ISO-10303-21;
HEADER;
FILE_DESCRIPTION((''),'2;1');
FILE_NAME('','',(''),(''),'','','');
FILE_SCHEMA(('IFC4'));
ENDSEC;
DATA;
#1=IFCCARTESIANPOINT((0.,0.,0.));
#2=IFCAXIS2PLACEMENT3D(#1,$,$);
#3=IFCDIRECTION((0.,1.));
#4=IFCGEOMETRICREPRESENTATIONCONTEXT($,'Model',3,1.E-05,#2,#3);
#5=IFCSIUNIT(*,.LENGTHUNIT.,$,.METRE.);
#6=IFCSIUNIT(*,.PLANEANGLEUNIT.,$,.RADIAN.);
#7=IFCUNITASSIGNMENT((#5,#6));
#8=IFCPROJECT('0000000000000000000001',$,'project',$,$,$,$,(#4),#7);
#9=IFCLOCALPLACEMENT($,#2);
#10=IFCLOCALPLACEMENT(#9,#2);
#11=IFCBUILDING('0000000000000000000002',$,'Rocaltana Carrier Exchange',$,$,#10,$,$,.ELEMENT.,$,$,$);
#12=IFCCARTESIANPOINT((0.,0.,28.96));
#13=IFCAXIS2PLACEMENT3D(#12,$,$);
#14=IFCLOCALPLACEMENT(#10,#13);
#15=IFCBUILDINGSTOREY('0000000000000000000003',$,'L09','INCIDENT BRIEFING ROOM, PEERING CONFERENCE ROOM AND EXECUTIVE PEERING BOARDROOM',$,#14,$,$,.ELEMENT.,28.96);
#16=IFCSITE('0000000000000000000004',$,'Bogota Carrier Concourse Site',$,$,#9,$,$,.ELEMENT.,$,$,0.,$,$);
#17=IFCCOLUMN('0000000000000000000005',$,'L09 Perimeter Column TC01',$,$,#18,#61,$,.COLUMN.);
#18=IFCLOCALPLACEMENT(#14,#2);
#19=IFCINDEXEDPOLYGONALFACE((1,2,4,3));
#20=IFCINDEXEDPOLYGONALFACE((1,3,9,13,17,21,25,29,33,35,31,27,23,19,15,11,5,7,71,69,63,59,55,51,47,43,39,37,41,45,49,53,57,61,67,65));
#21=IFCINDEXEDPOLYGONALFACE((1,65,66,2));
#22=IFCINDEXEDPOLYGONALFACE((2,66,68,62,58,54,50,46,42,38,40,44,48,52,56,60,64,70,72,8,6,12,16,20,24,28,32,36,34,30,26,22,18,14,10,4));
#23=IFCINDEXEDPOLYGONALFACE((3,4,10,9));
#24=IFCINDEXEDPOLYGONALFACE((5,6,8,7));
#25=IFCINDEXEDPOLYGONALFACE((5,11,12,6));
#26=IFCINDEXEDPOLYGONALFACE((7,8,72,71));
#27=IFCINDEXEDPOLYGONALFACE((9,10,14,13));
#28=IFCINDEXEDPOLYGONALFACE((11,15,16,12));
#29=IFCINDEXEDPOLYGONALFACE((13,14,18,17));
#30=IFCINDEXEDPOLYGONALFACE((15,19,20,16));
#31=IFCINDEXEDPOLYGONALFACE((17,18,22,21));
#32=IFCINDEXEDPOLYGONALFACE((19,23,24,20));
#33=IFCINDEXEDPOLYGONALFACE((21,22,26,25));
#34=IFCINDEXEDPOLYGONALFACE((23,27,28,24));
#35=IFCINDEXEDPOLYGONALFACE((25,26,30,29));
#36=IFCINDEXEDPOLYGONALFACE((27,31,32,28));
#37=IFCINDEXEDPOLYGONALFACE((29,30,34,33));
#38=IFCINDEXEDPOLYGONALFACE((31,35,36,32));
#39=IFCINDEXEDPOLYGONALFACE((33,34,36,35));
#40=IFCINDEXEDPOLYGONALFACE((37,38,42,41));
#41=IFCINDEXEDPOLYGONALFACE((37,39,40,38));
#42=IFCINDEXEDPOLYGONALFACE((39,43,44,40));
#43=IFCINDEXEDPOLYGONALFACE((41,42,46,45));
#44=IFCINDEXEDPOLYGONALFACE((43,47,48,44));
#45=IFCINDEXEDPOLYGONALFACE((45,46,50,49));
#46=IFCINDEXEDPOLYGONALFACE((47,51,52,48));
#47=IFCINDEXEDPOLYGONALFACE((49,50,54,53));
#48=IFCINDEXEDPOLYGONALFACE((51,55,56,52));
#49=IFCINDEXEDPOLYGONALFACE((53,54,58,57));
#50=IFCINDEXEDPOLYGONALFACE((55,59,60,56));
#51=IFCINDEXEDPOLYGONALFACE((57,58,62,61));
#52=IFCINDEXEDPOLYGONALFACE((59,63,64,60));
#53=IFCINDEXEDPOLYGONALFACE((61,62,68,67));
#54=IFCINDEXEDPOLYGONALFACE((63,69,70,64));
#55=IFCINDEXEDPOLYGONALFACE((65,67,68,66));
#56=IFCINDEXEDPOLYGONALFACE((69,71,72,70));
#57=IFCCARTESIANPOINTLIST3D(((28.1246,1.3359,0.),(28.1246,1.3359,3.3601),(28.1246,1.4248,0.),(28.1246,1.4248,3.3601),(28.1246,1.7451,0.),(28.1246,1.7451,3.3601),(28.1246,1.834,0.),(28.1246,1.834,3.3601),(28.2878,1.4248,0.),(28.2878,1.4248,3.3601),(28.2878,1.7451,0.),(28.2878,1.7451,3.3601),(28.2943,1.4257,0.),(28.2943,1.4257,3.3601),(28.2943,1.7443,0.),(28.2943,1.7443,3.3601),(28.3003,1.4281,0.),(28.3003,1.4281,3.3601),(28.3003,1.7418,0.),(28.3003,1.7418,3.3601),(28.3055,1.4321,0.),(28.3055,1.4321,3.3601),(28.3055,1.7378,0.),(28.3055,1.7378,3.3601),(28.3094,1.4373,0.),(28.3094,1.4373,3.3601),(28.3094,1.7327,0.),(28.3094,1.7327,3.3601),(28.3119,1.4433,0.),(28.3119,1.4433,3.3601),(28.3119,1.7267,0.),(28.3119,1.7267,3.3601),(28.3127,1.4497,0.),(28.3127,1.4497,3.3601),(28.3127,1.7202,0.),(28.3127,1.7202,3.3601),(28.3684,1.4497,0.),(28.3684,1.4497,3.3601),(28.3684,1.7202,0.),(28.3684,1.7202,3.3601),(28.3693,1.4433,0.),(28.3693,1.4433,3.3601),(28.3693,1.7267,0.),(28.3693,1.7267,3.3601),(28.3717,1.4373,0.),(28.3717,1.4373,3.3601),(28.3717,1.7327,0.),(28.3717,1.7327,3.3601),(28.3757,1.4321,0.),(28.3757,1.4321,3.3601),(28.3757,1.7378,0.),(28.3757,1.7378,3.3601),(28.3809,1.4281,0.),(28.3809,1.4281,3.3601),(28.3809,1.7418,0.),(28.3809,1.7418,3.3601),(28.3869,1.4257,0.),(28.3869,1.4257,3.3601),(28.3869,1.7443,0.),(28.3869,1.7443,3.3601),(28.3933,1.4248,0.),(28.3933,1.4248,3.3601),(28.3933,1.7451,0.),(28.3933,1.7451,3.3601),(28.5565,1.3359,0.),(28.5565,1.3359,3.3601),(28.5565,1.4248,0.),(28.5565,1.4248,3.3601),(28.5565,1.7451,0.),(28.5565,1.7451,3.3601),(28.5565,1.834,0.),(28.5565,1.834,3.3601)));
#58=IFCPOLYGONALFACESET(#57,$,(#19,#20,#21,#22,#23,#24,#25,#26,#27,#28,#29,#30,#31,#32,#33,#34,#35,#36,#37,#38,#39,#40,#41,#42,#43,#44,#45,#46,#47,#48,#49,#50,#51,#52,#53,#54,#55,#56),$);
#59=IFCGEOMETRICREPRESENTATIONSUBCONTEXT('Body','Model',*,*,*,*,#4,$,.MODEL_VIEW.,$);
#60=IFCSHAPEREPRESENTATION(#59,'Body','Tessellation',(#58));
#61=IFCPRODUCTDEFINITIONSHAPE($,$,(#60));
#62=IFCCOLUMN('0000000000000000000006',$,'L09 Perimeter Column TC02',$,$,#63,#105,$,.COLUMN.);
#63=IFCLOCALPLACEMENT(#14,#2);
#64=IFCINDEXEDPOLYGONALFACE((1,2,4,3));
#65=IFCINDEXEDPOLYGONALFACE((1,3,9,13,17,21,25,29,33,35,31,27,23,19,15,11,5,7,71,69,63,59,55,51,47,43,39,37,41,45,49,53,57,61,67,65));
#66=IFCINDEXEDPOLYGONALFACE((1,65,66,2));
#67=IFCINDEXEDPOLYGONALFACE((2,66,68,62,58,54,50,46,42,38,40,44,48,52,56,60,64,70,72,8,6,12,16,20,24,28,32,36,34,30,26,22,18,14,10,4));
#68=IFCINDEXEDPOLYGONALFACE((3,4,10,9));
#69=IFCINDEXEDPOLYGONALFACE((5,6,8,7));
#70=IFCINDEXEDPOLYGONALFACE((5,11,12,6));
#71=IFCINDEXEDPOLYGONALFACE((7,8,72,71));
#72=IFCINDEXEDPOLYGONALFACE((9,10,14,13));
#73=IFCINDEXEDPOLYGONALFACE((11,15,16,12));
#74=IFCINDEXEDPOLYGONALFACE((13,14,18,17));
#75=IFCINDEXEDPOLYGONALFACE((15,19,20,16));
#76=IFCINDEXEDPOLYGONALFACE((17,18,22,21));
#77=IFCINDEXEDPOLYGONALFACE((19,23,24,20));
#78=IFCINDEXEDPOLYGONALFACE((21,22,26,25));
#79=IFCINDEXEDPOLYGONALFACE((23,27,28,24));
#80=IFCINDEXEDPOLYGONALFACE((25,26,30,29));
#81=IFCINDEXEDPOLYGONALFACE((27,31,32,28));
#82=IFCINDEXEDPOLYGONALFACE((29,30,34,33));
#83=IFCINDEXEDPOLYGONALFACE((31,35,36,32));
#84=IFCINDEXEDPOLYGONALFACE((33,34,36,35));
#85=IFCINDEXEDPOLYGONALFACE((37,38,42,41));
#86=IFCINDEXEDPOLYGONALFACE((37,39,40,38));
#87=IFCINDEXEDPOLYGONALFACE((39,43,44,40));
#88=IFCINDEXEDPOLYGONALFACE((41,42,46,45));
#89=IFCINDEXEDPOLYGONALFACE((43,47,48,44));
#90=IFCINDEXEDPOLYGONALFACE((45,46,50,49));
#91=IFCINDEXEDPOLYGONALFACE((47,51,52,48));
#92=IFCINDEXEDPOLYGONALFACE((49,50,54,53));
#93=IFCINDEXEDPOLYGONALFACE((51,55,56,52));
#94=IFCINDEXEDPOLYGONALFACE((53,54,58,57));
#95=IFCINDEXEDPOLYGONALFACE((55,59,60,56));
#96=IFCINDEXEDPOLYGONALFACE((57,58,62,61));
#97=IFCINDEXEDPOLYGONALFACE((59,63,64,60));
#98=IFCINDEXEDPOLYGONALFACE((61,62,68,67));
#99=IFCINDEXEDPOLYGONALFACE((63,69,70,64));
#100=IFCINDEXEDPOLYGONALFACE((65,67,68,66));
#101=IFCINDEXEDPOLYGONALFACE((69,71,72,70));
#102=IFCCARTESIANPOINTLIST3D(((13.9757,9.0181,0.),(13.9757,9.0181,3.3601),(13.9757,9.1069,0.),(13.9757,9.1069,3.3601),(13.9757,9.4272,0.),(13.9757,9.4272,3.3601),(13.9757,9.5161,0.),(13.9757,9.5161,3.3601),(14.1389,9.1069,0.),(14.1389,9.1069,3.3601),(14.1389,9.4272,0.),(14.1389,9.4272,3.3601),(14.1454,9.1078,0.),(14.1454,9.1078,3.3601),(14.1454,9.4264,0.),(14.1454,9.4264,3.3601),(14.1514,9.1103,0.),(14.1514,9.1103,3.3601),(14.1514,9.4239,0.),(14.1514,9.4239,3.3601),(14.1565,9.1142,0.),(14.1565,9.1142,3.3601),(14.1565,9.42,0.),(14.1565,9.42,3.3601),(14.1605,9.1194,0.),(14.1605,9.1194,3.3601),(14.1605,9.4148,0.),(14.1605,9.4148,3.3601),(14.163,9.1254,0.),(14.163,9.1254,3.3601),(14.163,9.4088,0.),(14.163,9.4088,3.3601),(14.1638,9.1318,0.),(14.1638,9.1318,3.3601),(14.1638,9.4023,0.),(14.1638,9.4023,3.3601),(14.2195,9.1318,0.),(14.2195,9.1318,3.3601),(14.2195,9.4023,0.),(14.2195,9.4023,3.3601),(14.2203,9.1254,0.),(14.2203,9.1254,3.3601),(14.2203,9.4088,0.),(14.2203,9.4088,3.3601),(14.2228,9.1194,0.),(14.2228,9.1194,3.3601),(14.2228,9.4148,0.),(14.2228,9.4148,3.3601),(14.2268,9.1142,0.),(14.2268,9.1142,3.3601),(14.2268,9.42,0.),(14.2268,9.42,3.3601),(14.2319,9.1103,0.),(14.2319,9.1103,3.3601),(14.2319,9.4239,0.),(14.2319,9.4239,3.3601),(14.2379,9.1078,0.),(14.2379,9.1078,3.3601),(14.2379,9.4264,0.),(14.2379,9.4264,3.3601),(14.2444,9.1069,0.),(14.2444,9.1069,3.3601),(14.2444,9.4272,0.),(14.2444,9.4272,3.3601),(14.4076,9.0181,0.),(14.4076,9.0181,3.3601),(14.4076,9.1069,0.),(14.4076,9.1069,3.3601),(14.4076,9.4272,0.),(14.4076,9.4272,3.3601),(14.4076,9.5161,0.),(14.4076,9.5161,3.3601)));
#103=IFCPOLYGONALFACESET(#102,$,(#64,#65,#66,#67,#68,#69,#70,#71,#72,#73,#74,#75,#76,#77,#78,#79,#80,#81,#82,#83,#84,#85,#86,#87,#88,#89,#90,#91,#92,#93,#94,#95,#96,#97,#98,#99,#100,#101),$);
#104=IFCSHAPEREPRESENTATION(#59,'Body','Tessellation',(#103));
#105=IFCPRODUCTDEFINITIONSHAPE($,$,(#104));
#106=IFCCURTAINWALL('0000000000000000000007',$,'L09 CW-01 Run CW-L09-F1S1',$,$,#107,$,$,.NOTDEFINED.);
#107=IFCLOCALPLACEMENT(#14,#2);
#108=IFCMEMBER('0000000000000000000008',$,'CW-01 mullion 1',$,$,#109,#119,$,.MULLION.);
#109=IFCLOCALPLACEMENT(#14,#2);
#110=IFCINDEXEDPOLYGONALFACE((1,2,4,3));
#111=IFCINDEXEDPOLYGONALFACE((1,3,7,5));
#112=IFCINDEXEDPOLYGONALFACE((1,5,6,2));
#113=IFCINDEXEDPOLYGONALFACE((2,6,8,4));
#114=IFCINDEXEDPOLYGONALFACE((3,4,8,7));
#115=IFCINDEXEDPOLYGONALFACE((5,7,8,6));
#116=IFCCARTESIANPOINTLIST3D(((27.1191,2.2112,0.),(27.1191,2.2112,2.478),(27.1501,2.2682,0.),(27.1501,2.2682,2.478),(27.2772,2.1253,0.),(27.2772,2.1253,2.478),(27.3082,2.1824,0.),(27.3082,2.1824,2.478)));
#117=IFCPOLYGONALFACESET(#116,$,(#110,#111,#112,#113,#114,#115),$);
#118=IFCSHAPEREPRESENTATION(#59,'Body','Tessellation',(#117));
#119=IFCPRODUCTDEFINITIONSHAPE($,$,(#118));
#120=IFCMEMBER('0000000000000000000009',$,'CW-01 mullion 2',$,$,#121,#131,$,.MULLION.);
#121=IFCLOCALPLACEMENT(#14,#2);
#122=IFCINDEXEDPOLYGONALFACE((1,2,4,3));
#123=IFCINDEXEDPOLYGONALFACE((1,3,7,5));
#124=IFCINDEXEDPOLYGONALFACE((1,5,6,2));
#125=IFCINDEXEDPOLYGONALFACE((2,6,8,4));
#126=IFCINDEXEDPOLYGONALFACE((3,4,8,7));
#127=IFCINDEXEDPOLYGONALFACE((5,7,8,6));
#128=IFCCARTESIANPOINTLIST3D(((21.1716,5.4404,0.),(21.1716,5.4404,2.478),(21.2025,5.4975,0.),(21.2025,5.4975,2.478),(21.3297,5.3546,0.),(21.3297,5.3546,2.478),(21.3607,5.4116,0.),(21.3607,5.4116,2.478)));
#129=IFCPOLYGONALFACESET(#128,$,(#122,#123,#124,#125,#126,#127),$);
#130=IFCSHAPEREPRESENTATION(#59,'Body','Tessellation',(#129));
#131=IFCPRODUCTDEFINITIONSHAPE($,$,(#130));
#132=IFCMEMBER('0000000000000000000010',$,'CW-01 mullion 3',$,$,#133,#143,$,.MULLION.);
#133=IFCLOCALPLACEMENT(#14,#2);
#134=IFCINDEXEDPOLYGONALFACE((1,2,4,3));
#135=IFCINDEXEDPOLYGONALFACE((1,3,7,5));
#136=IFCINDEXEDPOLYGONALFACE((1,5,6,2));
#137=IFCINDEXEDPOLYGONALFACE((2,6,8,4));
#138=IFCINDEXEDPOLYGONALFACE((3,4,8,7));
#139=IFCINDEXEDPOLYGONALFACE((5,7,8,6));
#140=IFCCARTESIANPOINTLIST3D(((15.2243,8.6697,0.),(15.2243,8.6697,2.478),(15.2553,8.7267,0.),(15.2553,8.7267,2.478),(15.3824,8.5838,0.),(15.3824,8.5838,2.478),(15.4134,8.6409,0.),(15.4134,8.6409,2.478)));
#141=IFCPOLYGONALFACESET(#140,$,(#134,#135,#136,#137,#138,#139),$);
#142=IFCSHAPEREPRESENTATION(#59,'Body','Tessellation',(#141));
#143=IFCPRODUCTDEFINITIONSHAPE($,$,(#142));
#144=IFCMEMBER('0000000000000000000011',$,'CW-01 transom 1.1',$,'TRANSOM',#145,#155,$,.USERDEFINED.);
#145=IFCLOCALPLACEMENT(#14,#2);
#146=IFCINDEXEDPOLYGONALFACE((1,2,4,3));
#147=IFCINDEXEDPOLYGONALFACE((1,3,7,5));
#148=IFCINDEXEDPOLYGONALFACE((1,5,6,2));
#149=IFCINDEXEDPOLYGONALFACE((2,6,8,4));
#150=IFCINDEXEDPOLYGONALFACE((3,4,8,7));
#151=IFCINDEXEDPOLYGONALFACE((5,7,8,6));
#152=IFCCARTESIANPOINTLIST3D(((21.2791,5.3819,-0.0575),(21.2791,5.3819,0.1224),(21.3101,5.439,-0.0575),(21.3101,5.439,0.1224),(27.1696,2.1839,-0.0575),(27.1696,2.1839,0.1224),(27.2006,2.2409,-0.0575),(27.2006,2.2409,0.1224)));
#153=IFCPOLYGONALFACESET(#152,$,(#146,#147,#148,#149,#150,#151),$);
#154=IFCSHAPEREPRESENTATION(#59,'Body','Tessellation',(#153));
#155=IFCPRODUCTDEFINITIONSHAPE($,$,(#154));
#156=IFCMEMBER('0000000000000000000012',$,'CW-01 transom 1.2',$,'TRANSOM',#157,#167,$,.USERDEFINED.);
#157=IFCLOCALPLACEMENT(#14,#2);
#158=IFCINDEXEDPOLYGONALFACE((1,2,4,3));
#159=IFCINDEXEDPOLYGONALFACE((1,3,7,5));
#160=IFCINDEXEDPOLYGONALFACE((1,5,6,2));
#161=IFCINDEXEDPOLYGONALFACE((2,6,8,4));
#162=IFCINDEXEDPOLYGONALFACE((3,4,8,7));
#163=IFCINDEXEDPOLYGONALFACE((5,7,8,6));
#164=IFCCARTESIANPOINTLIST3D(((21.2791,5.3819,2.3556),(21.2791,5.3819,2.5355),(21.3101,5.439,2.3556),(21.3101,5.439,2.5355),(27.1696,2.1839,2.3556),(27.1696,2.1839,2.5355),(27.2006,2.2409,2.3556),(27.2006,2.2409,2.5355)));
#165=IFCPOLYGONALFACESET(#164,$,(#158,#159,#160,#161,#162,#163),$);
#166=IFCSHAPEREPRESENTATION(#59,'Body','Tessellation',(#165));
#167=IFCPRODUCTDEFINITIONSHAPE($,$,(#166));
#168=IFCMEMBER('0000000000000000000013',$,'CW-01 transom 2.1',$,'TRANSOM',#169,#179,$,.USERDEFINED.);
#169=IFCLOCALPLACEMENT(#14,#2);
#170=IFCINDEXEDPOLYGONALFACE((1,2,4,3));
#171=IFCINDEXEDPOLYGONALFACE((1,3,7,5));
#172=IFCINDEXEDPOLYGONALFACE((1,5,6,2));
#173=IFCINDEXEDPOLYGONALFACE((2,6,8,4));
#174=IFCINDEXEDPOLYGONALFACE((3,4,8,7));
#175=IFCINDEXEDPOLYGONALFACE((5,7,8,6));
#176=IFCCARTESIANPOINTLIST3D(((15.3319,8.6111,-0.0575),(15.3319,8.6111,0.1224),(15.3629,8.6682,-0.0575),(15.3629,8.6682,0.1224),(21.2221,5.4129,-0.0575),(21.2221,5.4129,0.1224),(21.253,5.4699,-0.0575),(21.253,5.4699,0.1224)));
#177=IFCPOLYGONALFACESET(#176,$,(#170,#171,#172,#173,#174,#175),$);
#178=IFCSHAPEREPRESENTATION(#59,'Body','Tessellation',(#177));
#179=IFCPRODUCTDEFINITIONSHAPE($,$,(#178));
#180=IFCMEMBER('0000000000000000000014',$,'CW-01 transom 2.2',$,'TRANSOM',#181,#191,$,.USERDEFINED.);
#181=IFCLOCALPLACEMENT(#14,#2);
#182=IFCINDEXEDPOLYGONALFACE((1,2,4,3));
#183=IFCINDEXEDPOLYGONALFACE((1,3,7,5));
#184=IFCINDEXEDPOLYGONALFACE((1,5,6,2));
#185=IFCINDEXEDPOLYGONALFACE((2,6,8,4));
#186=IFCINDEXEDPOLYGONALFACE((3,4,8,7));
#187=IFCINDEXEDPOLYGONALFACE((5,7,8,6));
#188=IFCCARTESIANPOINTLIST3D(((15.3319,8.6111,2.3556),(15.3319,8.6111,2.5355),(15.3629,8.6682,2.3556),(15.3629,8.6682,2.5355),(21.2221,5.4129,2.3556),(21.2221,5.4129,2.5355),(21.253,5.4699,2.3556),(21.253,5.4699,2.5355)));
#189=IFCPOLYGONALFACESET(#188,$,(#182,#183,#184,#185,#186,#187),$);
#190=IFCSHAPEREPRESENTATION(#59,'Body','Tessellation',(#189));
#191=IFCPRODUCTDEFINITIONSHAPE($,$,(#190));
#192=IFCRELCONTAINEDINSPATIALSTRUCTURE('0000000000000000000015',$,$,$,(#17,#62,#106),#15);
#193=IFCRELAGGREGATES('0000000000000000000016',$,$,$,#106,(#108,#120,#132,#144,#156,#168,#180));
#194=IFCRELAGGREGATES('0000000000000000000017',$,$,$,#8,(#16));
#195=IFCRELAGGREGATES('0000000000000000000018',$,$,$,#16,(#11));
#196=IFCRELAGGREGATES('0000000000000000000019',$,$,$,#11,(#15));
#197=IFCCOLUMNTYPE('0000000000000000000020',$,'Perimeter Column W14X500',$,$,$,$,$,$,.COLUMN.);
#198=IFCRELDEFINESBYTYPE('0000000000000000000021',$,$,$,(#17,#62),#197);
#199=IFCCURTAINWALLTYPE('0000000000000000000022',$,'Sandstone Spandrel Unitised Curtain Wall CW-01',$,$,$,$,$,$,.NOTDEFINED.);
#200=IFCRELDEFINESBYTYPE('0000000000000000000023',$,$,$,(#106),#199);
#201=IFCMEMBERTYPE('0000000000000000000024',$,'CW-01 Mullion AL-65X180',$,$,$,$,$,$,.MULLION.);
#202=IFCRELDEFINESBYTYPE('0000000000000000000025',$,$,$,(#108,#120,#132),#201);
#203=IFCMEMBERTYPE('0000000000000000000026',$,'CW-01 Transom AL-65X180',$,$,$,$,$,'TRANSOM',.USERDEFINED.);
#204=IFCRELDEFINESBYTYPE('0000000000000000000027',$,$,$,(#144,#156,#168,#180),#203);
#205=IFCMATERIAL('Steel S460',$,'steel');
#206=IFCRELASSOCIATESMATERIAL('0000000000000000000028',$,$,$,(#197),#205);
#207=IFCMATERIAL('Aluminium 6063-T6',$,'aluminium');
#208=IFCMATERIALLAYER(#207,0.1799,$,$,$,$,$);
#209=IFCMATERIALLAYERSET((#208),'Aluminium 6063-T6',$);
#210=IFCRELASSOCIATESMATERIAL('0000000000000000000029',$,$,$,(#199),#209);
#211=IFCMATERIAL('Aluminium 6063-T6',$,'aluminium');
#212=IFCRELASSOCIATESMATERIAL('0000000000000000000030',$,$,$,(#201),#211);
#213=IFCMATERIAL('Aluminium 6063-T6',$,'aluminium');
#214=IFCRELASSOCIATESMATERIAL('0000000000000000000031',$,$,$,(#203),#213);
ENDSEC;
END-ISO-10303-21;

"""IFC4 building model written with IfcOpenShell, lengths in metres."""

from ifc_helpers import new_model, si_unit, direction, frame, origin, origin_2d, place, context, subcontext, project, spatial, rectangle, i_section, extrude, material, layer, layer_set, material_profile, profile_set, type_object, element, aggregate, save


model = new_model("IFC4")

# Units and contexts
model_context = context("Model", 3, precision=1e-05, world=origin(), true_north=direction((0.0, 1.0)))
body_context = subcontext(model_context, "Body", "Model", "MODEL_VIEW")
ifc_project = project(units=[si_unit("LENGTHUNIT", "METRE"), si_unit("PLANEANGLEUNIT", "RADIAN")], contexts=[model_context])

# Site, building, storey
site_placement = place(None, origin())
site = spatial("IfcSite", under=ifc_project, at=site_placement, Name="Bogota Carrier Concourse Site", CompositionType="ELEMENT", RefElevation=0.0)
building_placement = place(site_placement, origin())
building = spatial("IfcBuilding", under=site, at=building_placement, Name="Rocaltana Carrier Exchange", CompositionType="ELEMENT")
storey_placement = place(building_placement, frame((0.0, 0.0, 28.96)))
storey = spatial("IfcBuildingStorey", under=building, at=storey_placement, Name="L09", Description="INCIDENT BRIEFING ROOM, PEERING CONFERENCE ROOM AND EXECUTIVE PEERING BOARDROOM", CompositionType="ELEMENT", Elevation=28.96)

# Columns
ifc_material_1 = material(Name="Steel S460", Category="steel")
ifc_material_profile_1 = material_profile(ifc_material_1, i_section(OverallWidth=0.4319, OverallDepth=0.498, WebThickness=0.0557, FlangeThickness=0.0889, FilletRadius=0.0249, at=origin_2d()), Name="W14X500")
ifc_profile_set_1 = profile_set([ifc_material_profile_1], Name="Steel S460")
column_type = type_object("IfcColumnType", Name="Perimeter Column W14X500", PredefinedType="COLUMN", material=ifc_profile_set_1)
for number, where, z_axis, x_axis, name in (
    (1, (28.3406, 1.585, 0.0), (0.0, 0.0, 1.0), (1.0, 0.0, 0.0), "L09 Perimeter Column TC01"),
    (2, (14.1917, 9.2671, 0.0), (0.0, 0.0, 1.0), (1.0, 0.0, 0.0), "L09 Perimeter Column TC02"),
):
    element("IfcColumn", number, at=place(storey_placement, frame(where, z_axis=z_axis, x_axis=x_axis)), inside=storey, type_object=column_type, Name=name, PredefinedType="COLUMN", context=body_context, shape_type="SweptSolid", body=[
        extrude(i_section(OverallWidth=0.4319, OverallDepth=0.498, WebThickness=0.0557, FlangeThickness=0.0889, FilletRadius=0.0249, at=origin_2d()), origin(), (0.0, 0.0, 1.0), 3.3601),
    ])

# Curtain wall, members
ifc_material_2 = material(Name="Aluminium 6063-T6", Category="aluminium")
ifc_layer_1 = layer(ifc_material_2, 0.1799)
ifc_layer_set_1 = layer_set([ifc_layer_1], Name="Aluminium 6063-T6")
curtain_wall_type = type_object("IfcCurtainWallType", Name="Sandstone Spandrel Unitised Curtain Wall CW-01", PredefinedType="NOTDEFINED", material=ifc_layer_set_1)
curtain_wall_placement = place(storey_placement, origin())
curtain_wall = element("IfcCurtainWall", 3, at=curtain_wall_placement, inside=storey, type_object=curtain_wall_type, Name="L09 CW-01 Run CW-L09-F1S1", PredefinedType="NOTDEFINED")
ifc_material_3 = material(Name="Aluminium 6063-T6", Category="aluminium")
ifc_material_profile_2 = material_profile(ifc_material_3, rectangle(XDim=0.0649, YDim=0.1799, at=origin_2d()), Name="AL-65X180")
ifc_profile_set_2 = profile_set([ifc_material_profile_2], Name="Aluminium 6063-T6")
member_type_1 = type_object("IfcMemberType", Name="CW-01 Mullion AL-65X180", PredefinedType="MULLION", material=ifc_profile_set_2)
member_1_placement = place(storey_placement, frame((27.2136, 2.1968, 0.0), z_axis=(0.0, 0.0, 1.0), x_axis=(-0.477161, -0.878816, 0.0)))
member_1 = element("IfcMember", 4, at=member_1_placement, type_object=member_type_1, Name="CW-01 mullion 1", PredefinedType="MULLION", context=body_context, shape_type="SweptSolid", body=[
    extrude(rectangle(XDim=0.0649, YDim=0.1799, at=origin_2d()), origin(), (0.0, 0.0, 1.0), 2.478),
])
member_2_placement = place(storey_placement, frame((21.2661, 5.426, 0.0), z_axis=(0.0, 0.0, 1.0), x_axis=(-0.477161, -0.878816, 0.0)))
member_2 = element("IfcMember", 5, at=member_2_placement, type_object=member_type_1, Name="CW-01 mullion 2", PredefinedType="MULLION", context=body_context, shape_type="SweptSolid", body=[
    extrude(rectangle(XDim=0.0649, YDim=0.1799, at=origin_2d()), origin(), (0.0, 0.0, 1.0), 2.478),
])
member_3_placement = place(storey_placement, frame((15.3188, 8.6553, 0.0), z_axis=(0.0, 0.0, 1.0), x_axis=(-0.477161, -0.878816, 0.0)))
member_3 = element("IfcMember", 6, at=member_3_placement, type_object=member_type_1, Name="CW-01 mullion 3", PredefinedType="MULLION", context=body_context, shape_type="SweptSolid", body=[
    extrude(rectangle(XDim=0.0649, YDim=0.1799, at=origin_2d()), origin(), (0.0, 0.0, 1.0), 2.478),
])
ifc_material_4 = material(Name="Aluminium 6063-T6", Category="aluminium")
ifc_material_profile_3 = material_profile(ifc_material_4, rectangle(XDim=0.0649, YDim=0.1799, at=origin_2d()), Name="AL-65X180")
ifc_profile_set_3 = profile_set([ifc_material_profile_3], Name="Aluminium 6063-T6")
member_type_2 = type_object("IfcMemberType", Name="CW-01 Transom AL-65X180", ElementType="TRANSOM", PredefinedType="USERDEFINED", material=ifc_profile_set_3)
member_4_placement = place(storey_placement, frame((27.1851, 2.2124, 0.0325), z_axis=(-0.878831, 0.477134, 0.0), x_axis=(-0.477134, -0.878831, 0.0)))
member_4 = element("IfcMember", 7, at=member_4_placement, type_object=member_type_2, Name="CW-01 transom 1.1", ObjectType="TRANSOM", PredefinedType="USERDEFINED", context=body_context, shape_type="SweptSolid", body=[
    extrude(rectangle(XDim=0.0649, YDim=0.1799, at=origin_2d()), origin(), (0.0, 0.0, 1.0), 6.7026),
])
member_5_placement = place(storey_placement, frame((27.1851, 2.2124, 2.4456), z_axis=(-0.878831, 0.477134, 0.0), x_axis=(-0.477134, -0.878831, 0.0)))
member_5 = element("IfcMember", 8, at=member_5_placement, type_object=member_type_2, Name="CW-01 transom 1.2", ObjectType="TRANSOM", PredefinedType="USERDEFINED", context=body_context, shape_type="SweptSolid", body=[
    extrude(rectangle(XDim=0.0649, YDim=0.1799, at=origin_2d()), origin(), (0.0, 0.0, 1.0), 6.7026),
])
member_6_placement = place(storey_placement, frame((21.2375, 5.4414, 0.0325), z_axis=(-0.878807, 0.477177, 0.0), x_axis=(-0.477177, -0.878807, 0.0)))
member_6 = element("IfcMember", 9, at=member_6_placement, type_object=member_type_2, Name="CW-01 transom 2.1", ObjectType="TRANSOM", PredefinedType="USERDEFINED", context=body_context, shape_type="SweptSolid", body=[
    extrude(rectangle(XDim=0.0649, YDim=0.1799, at=origin_2d()), origin(), (0.0, 0.0, 1.0), 6.7024),
])
member_7_placement = place(storey_placement, frame((21.2375, 5.4414, 2.4456), z_axis=(-0.878807, 0.477177, 0.0), x_axis=(-0.477177, -0.878807, 0.0)))
member_7 = element("IfcMember", 10, at=member_7_placement, type_object=member_type_2, Name="CW-01 transom 2.2", ObjectType="TRANSOM", PredefinedType="USERDEFINED", context=body_context, shape_type="SweptSolid", body=[
    extrude(rectangle(XDim=0.0649, YDim=0.1799, at=origin_2d()), origin(), (0.0, 0.0, 1.0), 6.7024),
])

aggregate(curtain_wall, [member_1, member_2, member_3, member_4, member_5, member_6, member_7])

save(model, "model.ifc")
